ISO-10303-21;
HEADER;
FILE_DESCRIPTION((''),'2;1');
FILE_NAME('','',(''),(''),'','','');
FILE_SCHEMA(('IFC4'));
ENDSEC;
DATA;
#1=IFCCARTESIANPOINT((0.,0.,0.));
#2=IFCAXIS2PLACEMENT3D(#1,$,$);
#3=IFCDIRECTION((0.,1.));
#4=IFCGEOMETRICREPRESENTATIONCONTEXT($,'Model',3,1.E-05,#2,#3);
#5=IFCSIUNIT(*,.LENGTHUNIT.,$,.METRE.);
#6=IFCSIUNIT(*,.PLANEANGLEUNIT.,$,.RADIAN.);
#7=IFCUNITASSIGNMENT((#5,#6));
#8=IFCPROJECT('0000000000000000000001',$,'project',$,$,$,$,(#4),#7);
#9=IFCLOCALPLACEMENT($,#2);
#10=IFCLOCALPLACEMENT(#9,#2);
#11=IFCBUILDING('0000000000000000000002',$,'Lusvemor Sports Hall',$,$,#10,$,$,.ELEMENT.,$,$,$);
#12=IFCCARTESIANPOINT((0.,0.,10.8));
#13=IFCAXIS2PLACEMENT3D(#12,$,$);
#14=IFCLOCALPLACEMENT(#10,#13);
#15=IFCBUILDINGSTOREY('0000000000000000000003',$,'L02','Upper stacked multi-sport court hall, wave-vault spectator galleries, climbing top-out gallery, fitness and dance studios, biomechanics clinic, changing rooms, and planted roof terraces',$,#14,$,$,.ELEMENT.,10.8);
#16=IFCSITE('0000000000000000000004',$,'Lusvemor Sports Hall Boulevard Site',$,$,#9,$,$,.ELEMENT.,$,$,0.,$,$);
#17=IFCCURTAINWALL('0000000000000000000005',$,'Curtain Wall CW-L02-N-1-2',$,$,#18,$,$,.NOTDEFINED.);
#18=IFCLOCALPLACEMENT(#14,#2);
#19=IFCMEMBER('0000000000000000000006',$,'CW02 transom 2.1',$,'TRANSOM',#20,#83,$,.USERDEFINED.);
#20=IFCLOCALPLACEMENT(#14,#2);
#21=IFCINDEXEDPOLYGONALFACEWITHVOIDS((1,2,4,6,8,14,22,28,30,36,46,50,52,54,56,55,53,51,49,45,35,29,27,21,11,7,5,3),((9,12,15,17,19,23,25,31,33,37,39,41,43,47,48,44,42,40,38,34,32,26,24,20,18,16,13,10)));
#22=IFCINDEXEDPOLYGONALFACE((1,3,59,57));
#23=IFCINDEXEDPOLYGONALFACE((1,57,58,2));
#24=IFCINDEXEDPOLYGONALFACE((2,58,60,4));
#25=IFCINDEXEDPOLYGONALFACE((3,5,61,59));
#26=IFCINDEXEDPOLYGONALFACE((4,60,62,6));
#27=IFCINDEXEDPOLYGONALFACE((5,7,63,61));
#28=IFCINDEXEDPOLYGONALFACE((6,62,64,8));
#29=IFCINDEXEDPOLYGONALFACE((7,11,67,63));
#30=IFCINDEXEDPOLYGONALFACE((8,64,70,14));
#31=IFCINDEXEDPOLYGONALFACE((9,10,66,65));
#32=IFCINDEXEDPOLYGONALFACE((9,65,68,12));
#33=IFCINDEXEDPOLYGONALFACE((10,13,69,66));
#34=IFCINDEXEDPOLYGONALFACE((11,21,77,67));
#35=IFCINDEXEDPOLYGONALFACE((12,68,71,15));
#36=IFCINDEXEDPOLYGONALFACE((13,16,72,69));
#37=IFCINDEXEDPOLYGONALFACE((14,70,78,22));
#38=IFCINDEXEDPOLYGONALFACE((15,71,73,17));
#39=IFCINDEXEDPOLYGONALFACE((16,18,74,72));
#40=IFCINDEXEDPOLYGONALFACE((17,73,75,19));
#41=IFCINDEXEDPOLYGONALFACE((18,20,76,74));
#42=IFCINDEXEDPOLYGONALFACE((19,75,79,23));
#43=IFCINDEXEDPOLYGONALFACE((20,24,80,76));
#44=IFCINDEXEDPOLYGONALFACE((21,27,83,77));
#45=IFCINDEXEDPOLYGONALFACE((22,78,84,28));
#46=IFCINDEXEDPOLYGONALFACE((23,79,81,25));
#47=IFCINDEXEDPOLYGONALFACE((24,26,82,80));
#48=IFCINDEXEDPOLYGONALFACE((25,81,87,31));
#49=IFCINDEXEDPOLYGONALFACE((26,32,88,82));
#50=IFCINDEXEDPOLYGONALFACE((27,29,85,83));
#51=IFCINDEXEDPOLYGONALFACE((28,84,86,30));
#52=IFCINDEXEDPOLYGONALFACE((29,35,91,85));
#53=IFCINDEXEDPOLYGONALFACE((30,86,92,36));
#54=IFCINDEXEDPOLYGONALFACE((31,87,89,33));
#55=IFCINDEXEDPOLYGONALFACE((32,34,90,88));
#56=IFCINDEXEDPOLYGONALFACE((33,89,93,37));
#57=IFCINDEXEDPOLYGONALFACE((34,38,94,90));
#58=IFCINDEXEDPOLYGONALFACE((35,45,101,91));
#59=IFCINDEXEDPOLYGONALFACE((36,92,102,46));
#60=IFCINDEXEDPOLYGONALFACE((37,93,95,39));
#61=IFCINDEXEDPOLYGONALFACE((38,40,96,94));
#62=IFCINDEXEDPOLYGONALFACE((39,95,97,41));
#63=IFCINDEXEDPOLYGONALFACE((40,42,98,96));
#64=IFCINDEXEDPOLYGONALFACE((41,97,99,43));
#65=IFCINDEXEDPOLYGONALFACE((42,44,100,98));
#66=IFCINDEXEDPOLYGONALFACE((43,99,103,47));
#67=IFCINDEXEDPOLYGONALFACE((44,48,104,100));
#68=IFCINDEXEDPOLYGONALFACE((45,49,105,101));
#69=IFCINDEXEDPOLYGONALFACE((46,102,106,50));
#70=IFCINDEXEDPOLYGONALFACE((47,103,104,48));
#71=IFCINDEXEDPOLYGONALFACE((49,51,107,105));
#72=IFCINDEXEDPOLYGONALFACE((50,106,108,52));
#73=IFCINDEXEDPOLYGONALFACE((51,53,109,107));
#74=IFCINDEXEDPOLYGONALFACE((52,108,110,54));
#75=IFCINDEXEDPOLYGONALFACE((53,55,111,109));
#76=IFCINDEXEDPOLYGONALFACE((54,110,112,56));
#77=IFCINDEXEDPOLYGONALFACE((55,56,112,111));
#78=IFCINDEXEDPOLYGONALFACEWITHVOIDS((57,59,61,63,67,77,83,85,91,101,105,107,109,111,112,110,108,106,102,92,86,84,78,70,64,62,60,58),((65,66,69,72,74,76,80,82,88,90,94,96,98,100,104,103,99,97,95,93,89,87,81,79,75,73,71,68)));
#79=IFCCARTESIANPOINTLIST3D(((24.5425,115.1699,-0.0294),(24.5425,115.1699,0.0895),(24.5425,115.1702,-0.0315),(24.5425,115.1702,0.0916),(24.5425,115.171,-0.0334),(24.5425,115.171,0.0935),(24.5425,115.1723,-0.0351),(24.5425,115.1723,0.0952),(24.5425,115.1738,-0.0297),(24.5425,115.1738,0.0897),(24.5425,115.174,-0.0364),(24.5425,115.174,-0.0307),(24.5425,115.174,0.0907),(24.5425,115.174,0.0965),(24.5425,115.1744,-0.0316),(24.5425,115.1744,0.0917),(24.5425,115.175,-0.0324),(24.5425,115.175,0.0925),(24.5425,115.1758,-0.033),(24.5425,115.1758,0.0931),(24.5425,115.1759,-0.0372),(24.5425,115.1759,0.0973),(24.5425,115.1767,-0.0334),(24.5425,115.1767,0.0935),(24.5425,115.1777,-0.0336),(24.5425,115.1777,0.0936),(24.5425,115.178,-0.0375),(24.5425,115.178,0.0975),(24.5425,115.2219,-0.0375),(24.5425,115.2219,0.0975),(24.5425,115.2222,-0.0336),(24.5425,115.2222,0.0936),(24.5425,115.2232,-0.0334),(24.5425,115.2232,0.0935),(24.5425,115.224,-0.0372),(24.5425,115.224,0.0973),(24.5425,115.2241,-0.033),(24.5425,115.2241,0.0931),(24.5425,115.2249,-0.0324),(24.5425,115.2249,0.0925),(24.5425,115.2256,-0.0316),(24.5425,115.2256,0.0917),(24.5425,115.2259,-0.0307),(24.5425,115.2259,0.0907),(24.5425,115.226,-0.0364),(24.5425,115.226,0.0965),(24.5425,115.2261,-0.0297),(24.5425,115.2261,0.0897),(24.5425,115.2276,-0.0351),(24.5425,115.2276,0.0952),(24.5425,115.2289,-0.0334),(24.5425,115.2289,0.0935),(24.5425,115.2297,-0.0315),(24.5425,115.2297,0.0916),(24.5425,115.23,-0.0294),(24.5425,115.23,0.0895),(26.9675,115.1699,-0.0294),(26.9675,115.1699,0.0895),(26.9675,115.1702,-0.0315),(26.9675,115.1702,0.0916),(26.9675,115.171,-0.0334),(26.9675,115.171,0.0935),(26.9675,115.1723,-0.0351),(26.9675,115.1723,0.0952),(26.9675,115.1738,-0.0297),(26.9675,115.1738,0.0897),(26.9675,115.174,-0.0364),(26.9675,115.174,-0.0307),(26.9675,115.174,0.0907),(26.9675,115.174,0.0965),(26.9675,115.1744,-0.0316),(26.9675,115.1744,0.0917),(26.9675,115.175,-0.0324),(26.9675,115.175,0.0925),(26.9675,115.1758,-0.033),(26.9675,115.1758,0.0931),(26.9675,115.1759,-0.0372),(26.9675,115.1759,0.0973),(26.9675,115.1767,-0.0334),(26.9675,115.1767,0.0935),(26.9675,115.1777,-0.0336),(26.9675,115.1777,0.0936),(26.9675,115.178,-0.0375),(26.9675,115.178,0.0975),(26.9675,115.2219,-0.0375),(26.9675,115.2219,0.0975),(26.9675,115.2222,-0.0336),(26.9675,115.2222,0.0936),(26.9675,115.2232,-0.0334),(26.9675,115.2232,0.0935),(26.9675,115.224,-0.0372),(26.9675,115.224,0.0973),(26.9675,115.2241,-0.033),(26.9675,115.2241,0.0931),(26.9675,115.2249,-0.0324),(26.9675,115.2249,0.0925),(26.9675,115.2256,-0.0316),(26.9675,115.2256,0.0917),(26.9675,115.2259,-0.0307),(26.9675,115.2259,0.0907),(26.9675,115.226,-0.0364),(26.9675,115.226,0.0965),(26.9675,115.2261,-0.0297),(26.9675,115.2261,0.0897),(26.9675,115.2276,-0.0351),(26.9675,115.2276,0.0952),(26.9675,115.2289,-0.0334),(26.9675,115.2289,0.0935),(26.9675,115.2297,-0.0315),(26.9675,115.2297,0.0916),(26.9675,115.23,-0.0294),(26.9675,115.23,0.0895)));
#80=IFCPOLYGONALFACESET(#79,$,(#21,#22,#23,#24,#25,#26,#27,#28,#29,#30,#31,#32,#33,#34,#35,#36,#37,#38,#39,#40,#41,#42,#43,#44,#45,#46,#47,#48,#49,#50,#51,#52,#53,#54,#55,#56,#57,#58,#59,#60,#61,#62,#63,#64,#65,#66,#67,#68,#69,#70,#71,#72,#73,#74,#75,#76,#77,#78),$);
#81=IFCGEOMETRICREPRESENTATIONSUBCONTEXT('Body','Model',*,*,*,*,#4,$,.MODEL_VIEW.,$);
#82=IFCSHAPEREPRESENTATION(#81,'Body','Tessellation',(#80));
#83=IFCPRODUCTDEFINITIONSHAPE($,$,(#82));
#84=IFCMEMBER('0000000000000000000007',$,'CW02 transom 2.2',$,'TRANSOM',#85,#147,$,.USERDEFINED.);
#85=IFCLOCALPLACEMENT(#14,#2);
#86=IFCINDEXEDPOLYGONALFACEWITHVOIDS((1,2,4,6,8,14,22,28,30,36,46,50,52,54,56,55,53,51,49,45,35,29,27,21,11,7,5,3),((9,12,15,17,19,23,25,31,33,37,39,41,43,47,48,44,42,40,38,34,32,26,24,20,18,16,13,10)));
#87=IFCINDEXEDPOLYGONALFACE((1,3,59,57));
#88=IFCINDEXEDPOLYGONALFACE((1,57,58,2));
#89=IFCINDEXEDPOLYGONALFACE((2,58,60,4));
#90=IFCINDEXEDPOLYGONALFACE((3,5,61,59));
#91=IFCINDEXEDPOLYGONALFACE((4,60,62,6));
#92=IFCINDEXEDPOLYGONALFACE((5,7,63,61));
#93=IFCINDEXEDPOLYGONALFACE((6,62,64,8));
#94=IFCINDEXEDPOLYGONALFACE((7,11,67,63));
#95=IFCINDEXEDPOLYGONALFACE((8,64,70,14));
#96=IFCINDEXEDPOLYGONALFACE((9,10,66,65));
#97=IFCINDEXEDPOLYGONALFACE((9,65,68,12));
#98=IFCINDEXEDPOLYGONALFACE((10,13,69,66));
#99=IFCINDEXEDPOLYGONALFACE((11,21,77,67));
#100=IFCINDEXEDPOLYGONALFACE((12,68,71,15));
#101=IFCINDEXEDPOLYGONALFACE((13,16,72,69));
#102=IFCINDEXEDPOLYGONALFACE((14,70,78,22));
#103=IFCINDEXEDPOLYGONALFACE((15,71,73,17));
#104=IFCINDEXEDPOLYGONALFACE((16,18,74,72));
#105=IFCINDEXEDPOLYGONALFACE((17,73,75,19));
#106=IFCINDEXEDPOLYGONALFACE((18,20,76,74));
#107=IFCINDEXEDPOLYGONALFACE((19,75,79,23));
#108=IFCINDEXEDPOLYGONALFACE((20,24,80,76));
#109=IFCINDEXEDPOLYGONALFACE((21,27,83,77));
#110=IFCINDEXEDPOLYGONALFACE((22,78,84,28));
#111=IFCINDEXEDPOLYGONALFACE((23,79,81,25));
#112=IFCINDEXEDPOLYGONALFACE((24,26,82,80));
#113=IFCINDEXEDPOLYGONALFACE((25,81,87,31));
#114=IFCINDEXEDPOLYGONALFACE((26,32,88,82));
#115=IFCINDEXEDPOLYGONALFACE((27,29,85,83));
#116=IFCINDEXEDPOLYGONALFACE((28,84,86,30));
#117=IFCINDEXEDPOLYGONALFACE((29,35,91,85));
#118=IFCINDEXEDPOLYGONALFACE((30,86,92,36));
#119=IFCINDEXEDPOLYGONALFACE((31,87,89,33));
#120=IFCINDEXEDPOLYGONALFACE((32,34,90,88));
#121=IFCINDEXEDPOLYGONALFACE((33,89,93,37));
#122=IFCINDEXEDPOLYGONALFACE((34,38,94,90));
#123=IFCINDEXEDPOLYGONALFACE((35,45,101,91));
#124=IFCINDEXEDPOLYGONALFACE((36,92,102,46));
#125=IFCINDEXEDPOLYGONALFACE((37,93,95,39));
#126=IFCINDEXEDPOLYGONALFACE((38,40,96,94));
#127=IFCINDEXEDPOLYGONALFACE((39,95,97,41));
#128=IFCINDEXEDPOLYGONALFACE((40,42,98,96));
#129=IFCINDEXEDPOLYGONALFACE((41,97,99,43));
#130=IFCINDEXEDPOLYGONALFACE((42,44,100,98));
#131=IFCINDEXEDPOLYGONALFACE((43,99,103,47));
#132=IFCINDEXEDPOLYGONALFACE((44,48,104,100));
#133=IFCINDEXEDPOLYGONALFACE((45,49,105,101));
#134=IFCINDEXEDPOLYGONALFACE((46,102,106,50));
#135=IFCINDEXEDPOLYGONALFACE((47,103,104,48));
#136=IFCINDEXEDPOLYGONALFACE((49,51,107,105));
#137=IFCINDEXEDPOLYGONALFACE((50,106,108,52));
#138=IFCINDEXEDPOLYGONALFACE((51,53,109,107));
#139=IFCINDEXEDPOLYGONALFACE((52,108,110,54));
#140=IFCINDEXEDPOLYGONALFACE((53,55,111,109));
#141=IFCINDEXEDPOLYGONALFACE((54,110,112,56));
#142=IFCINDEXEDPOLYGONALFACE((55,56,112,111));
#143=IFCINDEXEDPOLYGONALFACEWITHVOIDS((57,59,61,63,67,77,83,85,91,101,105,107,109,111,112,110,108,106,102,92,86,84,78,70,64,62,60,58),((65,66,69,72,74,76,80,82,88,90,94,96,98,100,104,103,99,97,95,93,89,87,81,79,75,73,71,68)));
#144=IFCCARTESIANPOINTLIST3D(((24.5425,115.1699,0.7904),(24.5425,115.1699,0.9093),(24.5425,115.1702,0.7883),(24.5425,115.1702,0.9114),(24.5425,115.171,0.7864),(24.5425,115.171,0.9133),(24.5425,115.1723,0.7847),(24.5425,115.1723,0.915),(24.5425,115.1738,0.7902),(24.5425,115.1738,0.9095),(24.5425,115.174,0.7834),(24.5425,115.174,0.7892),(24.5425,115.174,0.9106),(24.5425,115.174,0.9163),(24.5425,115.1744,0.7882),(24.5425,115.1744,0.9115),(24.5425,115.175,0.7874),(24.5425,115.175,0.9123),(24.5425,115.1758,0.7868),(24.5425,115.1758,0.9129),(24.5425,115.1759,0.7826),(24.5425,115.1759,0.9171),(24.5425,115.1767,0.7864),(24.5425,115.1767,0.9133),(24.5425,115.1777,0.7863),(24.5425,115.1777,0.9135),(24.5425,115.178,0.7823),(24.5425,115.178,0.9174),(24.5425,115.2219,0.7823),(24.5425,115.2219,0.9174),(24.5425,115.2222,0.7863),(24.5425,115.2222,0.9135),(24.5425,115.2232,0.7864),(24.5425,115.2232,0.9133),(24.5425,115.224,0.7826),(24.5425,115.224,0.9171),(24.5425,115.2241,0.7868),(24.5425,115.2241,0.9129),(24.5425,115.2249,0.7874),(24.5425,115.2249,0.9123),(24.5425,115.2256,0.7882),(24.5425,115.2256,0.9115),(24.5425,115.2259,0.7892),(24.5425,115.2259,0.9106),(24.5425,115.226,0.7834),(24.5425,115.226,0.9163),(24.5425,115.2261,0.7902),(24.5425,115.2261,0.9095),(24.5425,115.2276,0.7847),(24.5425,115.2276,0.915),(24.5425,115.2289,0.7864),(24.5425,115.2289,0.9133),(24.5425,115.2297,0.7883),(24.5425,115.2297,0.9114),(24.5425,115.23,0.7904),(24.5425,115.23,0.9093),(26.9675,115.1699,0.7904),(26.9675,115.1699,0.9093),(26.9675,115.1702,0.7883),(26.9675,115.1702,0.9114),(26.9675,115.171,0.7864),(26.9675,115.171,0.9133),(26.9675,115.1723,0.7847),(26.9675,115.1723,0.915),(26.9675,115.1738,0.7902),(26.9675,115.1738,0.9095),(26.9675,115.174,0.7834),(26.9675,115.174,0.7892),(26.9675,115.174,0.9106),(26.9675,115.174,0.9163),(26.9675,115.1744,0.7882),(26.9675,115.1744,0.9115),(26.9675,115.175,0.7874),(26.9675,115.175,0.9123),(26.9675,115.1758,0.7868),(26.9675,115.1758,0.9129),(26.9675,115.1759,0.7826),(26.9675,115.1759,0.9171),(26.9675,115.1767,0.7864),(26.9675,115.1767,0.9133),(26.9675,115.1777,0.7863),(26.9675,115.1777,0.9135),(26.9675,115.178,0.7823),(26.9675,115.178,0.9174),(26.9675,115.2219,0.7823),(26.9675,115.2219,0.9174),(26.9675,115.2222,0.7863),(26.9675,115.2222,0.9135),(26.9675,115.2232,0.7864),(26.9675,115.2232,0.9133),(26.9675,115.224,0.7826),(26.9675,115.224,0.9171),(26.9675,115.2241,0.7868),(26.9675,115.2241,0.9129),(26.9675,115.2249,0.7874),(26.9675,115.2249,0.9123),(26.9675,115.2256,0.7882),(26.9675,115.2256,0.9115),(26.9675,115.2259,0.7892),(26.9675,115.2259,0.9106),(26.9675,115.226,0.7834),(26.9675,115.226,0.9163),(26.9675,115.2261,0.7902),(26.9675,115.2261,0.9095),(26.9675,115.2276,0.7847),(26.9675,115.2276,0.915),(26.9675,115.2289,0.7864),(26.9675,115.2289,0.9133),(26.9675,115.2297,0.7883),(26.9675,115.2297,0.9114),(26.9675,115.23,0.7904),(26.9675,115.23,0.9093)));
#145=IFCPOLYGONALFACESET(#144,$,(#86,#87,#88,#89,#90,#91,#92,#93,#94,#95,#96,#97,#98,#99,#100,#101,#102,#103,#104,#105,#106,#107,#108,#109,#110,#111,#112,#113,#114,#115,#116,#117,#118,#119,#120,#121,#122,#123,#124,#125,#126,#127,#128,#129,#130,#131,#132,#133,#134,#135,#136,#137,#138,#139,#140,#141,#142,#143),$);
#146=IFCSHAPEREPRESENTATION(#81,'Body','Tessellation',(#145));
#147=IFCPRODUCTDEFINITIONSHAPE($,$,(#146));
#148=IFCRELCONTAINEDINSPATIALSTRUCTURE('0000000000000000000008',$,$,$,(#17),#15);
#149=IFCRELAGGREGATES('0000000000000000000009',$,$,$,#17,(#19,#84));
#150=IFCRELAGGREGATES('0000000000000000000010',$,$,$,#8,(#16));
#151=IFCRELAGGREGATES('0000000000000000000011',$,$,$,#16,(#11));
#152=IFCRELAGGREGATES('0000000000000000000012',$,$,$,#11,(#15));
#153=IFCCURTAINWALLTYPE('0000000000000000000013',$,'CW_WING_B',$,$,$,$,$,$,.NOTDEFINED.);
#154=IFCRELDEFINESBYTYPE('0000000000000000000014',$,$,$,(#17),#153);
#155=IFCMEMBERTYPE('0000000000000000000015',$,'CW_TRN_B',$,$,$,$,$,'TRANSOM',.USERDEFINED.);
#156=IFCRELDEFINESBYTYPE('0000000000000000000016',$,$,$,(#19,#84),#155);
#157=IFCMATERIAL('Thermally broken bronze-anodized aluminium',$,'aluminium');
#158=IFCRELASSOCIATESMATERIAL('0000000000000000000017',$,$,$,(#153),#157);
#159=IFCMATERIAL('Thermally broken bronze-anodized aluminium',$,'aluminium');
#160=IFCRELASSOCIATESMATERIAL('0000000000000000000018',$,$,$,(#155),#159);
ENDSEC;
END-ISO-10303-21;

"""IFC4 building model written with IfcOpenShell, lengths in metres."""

from ifc_helpers import new_model, si_unit, direction, frame, origin, origin_2d, place, context, subcontext, project, spatial, hollow_rectangle, extrude, material, material_profile, profile_set, type_object, element, aggregate, save


model = new_model("IFC4")

# Units and contexts
model_context = context("Model", 3, precision=1e-05, world=origin(), true_north=direction((0.0, 1.0)))
body_context = subcontext(model_context, "Body", "Model", "MODEL_VIEW")
ifc_project = project(units=[si_unit("LENGTHUNIT", "METRE"), si_unit("PLANEANGLEUNIT", "RADIAN")], contexts=[model_context])

# Site, building, storey
site_placement = place(None, origin())
site = spatial("IfcSite", under=ifc_project, at=site_placement, Name="Lusvemor Sports Hall Boulevard Site", CompositionType="ELEMENT", RefElevation=0.0)
building_placement = place(site_placement, origin())
building = spatial("IfcBuilding", under=site, at=building_placement, Name="Lusvemor Sports Hall", CompositionType="ELEMENT")
storey_placement = place(building_placement, frame((0.0, 0.0, 10.8)))
storey = spatial("IfcBuildingStorey", under=building, at=storey_placement, Name="L02", Description="Upper stacked multi-sport court hall, wave-vault spectator galleries, climbing top-out gallery, fitness and dance studios, biomechanics clinic, changing rooms, and planted roof terraces", CompositionType="ELEMENT", Elevation=10.8)

# Curtain wall
ifc_material_1 = material(Name="Thermally broken bronze-anodized aluminium", Category="aluminium")
curtain_wall_type = type_object("IfcCurtainWallType", Name="CW_WING_B", PredefinedType="NOTDEFINED", material=ifc_material_1)
curtain_wall_1_placement = place(storey_placement, origin())
curtain_wall_1 = element("IfcCurtainWall", 1, at=curtain_wall_1_placement, inside=storey, type_object=curtain_wall_type, Name="Curtain Wall CW-L02-N-1-2", PredefinedType="NOTDEFINED")

# Members
ifc_material_2 = material(Name="Thermally broken bronze-anodized aluminium", Category="aluminium")
ifc_material_profile_1 = material_profile(ifc_material_2, hollow_rectangle(XDim=0.0601, YDim=0.135, WallThickness=0.0039, InnerFilletRadius=0.0039, OuterFilletRadius=0.0081, at=origin_2d()), Name="CWTRN135x60x4")
ifc_profile_set_1 = profile_set([ifc_material_profile_1], Name="Thermally broken bronze-anodized aluminium")
member_type_1 = type_object("IfcMemberType", Name="CW_TRN_B", ElementType="TRANSOM", PredefinedType="USERDEFINED", material=ifc_profile_set_1)
member_1_placement = place(storey_placement, frame((24.5425, 115.2, 0.03), z_axis=(1.0, 0.0, 0.0), x_axis=(0.0, 1.0, 0.0)))
member_1 = element("IfcMember", 2, at=member_1_placement, type_object=member_type_1, Name="CW02 transom 2.1", ObjectType="TRANSOM", PredefinedType="USERDEFINED", context=body_context, shape_type="SweptSolid", body=[
    extrude(hollow_rectangle(XDim=0.0601, YDim=0.135, WallThickness=0.0039, InnerFilletRadius=0.0039, OuterFilletRadius=0.0081, at=origin_2d()), origin(), (0.0, 0.0, 1.0), 2.425),
])
member_2_placement = place(storey_placement, frame((24.5425, 115.2, 0.8499), z_axis=(1.0, 0.0, 0.0), x_axis=(0.0, 1.0, 0.0)))
member_2 = element("IfcMember", 3, at=member_2_placement, type_object=member_type_1, Name="CW02 transom 2.2", ObjectType="TRANSOM", PredefinedType="USERDEFINED", context=body_context, shape_type="SweptSolid", body=[
    extrude(hollow_rectangle(XDim=0.0601, YDim=0.135, WallThickness=0.0039, InnerFilletRadius=0.0039, OuterFilletRadius=0.0081, at=origin_2d()), origin(), (0.0, 0.0, 1.0), 2.425),
])

aggregate(curtain_wall_1, [member_1, member_2])

save(model, "model.ifc")
